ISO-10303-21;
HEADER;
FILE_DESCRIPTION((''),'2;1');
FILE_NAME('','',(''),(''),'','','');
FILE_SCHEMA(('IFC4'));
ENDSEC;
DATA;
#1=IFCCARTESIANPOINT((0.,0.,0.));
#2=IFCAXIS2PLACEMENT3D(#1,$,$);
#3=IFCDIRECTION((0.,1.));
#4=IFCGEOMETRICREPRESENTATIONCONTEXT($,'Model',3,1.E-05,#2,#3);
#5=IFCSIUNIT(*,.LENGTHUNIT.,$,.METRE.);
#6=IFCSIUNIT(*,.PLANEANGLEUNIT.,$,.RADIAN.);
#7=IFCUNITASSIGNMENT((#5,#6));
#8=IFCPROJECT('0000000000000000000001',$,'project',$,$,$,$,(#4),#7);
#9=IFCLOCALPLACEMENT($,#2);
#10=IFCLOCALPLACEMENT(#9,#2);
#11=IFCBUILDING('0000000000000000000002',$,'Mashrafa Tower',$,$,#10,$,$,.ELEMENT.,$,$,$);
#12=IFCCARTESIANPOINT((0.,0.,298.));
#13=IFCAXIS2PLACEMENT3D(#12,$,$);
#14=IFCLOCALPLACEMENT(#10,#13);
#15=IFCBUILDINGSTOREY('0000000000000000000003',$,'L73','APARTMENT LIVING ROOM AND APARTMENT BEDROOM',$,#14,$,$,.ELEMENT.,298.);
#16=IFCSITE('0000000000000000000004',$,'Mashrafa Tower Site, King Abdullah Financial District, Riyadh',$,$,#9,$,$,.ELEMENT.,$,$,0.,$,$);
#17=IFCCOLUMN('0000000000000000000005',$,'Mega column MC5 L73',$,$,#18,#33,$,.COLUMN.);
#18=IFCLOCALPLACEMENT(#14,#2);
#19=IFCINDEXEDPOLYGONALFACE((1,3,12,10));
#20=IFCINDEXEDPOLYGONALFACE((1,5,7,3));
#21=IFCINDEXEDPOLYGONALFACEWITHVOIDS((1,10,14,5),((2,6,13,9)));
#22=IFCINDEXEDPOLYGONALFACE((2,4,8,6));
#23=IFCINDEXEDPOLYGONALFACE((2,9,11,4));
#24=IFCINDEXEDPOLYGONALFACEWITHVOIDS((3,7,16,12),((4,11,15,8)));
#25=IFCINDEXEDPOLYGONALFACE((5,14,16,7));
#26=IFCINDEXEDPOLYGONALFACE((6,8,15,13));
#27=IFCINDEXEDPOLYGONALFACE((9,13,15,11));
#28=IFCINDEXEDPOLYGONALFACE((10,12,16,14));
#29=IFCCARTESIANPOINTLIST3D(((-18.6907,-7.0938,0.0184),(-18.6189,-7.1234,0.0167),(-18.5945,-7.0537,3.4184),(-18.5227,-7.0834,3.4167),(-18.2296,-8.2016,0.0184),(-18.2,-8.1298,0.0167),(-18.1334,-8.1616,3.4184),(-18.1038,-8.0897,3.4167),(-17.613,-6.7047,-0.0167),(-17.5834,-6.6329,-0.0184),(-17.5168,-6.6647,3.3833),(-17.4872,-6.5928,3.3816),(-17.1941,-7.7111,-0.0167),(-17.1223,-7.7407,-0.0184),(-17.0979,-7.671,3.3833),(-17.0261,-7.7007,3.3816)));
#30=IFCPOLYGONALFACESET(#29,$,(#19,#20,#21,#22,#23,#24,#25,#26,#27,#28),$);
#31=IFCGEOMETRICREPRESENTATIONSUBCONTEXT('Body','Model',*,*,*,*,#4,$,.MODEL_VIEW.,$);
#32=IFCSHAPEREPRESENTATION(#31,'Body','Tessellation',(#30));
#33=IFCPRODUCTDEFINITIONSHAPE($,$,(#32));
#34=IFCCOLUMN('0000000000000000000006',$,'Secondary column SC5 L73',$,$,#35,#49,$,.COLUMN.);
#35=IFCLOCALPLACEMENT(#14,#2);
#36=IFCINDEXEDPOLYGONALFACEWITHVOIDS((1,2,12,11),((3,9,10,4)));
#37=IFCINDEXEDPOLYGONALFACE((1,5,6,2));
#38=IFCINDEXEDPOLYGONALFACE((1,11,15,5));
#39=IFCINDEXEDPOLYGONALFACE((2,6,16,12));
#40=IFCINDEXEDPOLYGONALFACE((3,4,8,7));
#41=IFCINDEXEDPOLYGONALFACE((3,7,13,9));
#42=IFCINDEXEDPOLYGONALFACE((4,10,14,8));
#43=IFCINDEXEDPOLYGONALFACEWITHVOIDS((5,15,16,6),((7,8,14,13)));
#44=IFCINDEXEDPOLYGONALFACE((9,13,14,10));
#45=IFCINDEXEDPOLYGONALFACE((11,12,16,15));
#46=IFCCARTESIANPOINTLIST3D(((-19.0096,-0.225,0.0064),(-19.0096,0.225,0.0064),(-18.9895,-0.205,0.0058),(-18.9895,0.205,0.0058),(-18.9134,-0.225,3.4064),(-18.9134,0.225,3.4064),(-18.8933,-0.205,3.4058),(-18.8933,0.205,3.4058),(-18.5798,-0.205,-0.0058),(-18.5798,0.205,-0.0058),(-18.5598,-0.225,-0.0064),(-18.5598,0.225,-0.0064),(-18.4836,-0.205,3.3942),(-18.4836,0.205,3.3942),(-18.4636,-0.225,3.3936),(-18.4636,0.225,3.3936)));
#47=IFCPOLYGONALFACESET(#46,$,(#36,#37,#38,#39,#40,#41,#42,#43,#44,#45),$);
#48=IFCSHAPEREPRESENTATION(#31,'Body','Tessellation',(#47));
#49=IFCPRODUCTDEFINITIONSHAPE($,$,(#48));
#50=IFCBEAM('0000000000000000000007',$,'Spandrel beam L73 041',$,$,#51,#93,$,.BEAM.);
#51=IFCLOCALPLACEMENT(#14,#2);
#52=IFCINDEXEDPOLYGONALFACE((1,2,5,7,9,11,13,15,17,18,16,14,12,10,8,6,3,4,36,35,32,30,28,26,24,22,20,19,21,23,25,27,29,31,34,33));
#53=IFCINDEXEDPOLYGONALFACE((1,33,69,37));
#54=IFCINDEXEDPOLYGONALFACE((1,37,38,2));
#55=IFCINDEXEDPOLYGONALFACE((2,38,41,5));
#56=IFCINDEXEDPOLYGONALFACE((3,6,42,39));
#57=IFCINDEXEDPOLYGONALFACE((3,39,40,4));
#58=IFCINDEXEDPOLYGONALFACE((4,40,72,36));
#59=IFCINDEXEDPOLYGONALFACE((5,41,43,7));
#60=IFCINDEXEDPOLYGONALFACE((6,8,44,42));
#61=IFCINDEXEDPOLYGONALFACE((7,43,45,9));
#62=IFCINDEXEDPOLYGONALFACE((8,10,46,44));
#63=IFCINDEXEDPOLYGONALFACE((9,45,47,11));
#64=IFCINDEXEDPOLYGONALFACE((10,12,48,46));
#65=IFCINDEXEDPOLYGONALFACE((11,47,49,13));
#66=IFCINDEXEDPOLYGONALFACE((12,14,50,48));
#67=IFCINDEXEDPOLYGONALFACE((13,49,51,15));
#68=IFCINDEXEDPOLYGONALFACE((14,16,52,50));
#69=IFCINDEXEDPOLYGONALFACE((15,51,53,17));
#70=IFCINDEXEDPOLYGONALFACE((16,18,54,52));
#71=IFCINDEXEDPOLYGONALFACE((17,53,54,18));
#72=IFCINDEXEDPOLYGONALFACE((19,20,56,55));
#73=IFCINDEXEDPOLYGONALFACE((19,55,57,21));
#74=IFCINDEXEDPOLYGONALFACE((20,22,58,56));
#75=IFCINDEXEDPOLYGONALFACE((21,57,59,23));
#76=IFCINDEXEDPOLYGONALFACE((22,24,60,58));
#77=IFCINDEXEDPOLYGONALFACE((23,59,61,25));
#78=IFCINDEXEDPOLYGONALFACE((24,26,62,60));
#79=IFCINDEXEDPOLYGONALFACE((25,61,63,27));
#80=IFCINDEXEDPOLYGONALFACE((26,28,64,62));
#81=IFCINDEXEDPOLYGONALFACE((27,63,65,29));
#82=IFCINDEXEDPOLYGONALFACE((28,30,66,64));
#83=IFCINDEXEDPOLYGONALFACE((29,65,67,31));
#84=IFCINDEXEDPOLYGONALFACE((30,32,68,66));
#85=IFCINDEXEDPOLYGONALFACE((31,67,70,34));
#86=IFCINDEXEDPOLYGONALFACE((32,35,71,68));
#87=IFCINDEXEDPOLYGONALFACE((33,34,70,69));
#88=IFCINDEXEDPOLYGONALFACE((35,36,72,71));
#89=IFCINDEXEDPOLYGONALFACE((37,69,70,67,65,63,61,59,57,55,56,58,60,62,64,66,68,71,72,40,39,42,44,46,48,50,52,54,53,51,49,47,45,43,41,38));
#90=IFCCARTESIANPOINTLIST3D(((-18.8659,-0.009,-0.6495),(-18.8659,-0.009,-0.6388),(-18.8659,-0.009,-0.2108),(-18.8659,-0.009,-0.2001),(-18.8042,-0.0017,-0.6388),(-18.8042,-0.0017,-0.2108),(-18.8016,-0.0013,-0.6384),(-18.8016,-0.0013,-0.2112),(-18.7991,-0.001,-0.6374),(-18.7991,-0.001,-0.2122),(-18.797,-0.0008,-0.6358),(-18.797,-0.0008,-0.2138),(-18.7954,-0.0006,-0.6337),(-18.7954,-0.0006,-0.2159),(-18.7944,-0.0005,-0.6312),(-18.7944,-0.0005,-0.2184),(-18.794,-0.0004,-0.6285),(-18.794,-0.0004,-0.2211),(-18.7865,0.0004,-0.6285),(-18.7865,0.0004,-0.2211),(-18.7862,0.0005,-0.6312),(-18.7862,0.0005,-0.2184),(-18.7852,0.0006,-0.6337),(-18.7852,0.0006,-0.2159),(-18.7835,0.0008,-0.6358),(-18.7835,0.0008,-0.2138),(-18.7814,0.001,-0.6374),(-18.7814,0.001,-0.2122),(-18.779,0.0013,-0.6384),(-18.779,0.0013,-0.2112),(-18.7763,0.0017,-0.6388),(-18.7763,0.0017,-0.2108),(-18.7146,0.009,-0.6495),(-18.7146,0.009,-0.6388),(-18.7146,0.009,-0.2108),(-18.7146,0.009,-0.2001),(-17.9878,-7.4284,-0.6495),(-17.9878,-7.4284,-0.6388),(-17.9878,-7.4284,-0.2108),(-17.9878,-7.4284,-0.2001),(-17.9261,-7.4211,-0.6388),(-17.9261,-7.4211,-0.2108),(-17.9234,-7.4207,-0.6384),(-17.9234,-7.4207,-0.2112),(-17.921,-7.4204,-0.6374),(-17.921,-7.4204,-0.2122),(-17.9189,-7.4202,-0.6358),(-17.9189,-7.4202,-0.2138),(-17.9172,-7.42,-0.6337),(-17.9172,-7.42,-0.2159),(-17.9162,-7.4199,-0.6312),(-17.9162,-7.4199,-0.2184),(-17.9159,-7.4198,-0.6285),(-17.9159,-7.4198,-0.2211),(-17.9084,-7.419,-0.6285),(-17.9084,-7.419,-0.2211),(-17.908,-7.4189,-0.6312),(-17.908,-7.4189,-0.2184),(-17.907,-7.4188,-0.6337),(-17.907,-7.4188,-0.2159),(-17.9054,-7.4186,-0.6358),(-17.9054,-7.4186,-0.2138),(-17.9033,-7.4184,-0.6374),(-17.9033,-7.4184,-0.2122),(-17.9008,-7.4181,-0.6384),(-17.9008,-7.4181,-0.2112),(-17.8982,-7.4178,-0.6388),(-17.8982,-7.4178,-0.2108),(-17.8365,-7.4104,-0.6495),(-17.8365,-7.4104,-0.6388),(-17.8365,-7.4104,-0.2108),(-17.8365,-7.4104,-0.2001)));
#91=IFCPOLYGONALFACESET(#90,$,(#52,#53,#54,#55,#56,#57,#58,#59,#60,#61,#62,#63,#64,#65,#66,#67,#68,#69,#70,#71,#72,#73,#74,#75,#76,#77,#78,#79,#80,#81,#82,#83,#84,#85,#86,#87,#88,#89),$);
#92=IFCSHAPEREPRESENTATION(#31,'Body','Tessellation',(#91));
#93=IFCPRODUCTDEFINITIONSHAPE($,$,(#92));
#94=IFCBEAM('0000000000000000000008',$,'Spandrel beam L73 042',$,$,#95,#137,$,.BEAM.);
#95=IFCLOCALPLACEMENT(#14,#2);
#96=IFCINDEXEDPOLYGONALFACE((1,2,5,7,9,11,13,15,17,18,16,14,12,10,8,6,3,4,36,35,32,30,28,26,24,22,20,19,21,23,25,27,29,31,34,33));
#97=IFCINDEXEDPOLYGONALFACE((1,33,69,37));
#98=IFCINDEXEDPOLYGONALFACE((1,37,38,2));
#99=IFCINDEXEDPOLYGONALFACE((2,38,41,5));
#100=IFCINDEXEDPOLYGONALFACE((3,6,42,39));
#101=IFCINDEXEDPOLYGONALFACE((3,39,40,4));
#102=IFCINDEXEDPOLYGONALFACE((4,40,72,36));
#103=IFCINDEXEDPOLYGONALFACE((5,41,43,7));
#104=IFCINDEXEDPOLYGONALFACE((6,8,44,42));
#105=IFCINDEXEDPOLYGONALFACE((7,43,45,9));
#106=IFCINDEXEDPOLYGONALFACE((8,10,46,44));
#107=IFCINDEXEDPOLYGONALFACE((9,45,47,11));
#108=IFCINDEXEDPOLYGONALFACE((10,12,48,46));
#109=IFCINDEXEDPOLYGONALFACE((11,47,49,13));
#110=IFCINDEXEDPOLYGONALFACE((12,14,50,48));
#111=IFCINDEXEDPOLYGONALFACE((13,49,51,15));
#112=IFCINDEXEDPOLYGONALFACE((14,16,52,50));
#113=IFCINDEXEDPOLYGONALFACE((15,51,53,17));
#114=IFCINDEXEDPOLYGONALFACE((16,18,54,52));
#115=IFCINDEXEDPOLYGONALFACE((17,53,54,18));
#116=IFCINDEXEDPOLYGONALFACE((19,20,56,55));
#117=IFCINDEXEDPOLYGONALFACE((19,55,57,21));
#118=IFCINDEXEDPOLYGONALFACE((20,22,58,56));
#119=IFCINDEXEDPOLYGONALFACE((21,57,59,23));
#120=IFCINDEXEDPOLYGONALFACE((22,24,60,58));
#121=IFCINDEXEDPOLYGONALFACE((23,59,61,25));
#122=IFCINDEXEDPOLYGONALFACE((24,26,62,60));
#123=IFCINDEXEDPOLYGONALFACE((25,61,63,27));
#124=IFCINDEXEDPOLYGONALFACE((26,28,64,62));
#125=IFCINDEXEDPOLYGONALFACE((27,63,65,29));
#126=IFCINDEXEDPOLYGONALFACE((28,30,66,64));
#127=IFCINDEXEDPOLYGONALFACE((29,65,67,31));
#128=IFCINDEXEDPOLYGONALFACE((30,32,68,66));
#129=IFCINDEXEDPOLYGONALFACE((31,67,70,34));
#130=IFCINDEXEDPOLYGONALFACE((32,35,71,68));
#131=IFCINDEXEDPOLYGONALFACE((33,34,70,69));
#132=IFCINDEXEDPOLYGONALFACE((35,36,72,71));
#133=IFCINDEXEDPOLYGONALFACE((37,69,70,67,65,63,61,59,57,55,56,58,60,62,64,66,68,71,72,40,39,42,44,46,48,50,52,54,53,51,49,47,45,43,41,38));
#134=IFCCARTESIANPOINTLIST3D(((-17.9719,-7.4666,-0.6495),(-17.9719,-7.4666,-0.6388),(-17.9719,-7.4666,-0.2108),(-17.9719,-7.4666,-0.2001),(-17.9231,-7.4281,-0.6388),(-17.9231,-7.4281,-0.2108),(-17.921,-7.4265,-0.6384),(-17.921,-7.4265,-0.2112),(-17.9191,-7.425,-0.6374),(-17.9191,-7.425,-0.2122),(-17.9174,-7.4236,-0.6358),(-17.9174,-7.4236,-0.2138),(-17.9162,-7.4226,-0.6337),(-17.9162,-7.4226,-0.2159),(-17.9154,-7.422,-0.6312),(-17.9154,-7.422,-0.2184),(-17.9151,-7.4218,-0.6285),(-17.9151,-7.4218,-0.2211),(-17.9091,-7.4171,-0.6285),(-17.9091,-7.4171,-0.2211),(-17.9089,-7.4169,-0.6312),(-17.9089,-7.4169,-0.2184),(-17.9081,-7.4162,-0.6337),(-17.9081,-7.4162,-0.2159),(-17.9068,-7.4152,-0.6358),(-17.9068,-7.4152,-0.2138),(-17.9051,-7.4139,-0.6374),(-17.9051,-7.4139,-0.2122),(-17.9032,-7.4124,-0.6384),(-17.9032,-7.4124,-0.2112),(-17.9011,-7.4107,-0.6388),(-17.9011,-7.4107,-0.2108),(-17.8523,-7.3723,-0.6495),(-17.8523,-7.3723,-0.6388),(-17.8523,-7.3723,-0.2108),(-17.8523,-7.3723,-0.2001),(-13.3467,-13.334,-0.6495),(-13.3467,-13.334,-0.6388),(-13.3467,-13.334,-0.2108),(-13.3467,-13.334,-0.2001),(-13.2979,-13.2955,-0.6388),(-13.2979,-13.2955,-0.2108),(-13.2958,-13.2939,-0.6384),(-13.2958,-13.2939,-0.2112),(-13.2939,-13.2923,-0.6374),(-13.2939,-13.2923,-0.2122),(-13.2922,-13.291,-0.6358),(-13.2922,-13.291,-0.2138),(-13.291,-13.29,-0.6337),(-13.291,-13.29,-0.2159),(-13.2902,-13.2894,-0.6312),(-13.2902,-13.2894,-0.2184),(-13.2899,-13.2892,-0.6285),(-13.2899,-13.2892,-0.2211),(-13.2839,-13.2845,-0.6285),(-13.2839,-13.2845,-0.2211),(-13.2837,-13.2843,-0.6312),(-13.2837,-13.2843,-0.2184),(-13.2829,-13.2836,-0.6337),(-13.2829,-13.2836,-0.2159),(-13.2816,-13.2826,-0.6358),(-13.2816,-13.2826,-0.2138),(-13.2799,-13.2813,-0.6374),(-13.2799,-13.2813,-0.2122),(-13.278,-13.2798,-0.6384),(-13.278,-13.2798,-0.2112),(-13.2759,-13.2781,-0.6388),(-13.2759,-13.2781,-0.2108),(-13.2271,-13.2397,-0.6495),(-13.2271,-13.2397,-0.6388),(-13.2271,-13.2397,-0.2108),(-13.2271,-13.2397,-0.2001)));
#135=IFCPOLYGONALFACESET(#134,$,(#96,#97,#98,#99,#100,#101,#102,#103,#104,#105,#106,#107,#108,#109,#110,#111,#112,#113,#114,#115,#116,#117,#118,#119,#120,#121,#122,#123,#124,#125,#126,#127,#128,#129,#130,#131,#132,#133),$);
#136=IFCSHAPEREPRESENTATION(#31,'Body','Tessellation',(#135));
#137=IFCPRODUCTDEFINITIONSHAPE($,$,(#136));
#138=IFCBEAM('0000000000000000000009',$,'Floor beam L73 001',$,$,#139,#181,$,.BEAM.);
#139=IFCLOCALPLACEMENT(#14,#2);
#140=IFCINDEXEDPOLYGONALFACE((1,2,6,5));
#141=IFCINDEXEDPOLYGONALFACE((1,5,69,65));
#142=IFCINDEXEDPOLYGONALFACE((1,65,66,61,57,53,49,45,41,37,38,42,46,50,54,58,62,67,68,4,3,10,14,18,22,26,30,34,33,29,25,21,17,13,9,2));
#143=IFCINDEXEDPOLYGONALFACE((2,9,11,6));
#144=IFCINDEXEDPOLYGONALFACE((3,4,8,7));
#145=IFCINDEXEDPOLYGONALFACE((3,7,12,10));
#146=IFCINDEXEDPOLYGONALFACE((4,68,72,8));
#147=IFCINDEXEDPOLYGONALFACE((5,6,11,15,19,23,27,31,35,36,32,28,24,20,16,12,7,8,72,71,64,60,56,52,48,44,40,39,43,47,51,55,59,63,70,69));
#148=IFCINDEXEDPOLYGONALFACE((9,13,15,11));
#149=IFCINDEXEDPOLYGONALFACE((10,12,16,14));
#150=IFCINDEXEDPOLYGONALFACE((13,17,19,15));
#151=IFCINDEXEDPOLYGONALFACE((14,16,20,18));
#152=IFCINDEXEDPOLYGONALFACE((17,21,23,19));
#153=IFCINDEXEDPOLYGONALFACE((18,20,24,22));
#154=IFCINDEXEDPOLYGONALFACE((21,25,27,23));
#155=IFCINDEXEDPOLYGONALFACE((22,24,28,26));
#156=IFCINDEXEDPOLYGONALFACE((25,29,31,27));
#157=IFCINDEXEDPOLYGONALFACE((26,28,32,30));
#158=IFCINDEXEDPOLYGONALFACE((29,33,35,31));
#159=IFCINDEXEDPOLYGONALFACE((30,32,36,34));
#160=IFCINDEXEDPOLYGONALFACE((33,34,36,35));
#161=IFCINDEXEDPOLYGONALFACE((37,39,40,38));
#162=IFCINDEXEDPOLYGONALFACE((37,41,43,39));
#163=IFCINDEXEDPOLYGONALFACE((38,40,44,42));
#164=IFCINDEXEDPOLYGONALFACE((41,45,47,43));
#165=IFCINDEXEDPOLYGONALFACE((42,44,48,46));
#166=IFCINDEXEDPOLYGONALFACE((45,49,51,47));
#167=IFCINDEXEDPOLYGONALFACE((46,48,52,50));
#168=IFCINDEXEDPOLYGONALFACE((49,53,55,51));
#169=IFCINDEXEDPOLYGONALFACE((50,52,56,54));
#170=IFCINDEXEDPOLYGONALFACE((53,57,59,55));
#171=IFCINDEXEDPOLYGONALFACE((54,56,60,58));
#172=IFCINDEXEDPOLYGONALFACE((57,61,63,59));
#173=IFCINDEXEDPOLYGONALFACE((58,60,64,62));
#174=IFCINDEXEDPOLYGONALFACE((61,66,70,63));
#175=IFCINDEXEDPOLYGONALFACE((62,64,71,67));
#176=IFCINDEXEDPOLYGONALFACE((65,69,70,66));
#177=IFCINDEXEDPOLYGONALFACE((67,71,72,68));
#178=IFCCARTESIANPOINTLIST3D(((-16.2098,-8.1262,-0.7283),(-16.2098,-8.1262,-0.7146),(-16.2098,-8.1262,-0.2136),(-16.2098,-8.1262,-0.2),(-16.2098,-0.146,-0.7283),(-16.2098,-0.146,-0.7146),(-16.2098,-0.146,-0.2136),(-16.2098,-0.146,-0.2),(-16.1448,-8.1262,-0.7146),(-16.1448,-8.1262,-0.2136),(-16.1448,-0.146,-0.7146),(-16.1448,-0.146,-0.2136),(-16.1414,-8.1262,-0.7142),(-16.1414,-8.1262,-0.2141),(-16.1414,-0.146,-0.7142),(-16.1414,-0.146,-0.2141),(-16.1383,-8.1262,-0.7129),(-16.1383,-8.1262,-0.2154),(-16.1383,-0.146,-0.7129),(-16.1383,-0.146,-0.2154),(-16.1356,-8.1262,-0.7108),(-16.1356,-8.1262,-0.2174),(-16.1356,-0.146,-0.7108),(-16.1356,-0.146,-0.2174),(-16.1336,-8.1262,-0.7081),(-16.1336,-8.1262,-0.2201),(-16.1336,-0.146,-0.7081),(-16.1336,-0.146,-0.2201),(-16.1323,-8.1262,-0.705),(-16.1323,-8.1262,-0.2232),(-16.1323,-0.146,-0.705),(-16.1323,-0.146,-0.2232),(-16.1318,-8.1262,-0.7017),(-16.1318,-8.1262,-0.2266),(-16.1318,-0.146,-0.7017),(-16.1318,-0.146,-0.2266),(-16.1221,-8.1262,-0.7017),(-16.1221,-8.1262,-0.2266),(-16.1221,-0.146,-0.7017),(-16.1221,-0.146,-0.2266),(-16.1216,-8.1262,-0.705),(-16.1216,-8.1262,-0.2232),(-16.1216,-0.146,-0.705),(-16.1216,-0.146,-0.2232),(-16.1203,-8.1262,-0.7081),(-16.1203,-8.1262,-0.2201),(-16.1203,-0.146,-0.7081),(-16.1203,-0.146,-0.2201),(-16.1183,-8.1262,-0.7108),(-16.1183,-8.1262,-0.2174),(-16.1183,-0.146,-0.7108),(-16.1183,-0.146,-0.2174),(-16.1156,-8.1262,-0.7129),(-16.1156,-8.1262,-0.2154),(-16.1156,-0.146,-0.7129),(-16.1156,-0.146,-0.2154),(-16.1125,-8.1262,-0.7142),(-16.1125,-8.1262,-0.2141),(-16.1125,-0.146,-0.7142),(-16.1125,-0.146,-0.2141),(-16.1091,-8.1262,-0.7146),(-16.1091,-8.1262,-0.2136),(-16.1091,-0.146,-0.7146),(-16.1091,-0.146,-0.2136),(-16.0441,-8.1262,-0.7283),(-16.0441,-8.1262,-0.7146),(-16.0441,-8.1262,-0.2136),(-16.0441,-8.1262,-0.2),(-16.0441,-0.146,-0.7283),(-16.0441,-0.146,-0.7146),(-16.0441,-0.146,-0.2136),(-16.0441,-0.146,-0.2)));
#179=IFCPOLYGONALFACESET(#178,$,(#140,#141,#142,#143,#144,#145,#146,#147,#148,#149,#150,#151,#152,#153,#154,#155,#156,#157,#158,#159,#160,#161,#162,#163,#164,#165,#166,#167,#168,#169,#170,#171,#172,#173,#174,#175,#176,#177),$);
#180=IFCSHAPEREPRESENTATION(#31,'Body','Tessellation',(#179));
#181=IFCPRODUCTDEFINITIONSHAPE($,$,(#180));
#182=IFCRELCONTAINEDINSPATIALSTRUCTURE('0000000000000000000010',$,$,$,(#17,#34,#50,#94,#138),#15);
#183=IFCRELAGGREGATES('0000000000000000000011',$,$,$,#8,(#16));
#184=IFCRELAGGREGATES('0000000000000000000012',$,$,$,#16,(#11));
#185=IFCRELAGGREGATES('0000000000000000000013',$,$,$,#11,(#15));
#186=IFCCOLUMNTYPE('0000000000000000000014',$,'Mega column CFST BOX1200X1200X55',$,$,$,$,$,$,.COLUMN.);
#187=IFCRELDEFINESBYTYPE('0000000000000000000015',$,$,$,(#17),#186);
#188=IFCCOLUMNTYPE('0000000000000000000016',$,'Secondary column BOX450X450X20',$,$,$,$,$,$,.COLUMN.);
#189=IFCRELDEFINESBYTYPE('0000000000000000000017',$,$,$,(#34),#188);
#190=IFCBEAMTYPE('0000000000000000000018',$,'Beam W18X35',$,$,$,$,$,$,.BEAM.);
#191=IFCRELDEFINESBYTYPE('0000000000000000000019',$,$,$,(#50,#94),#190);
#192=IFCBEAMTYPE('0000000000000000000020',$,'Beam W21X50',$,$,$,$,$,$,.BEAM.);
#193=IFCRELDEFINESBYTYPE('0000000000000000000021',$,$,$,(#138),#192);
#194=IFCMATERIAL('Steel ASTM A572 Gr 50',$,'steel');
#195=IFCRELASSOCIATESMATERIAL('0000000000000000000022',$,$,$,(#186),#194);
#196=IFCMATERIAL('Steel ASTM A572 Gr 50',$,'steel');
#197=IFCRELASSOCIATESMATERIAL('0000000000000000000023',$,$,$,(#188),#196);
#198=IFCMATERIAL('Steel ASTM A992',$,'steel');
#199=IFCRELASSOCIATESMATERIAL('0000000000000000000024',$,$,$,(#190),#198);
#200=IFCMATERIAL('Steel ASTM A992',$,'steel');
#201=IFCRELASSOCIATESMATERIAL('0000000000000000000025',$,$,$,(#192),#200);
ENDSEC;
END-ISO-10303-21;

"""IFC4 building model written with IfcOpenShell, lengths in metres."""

from ifc_helpers import new_model, si_unit, direction, frame, origin, origin_2d, place, context, subcontext, project, spatial, hollow_rectangle, i_section, extrude, material, material_profile, profile_set, type_object, element, save


model = new_model("IFC4")

# Units and contexts
model_context = context("Model", 3, precision=1e-05, world=origin(), true_north=direction((0.0, 1.0)))
body_context = subcontext(model_context, "Body", "Model", "MODEL_VIEW")
ifc_project = project(units=[si_unit("LENGTHUNIT", "METRE"), si_unit("PLANEANGLEUNIT", "RADIAN")], contexts=[model_context])

# Site, building, storey
site_placement = place(None, origin())
site = spatial("IfcSite", under=ifc_project, at=site_placement, Name="Mashrafa Tower Site, King Abdullah Financial District, Riyadh", CompositionType="ELEMENT", RefElevation=0.0)
building_placement = place(site_placement, origin())
building = spatial("IfcBuilding", under=site, at=building_placement, Name="Mashrafa Tower", CompositionType="ELEMENT")
storey_placement = place(building_placement, frame((0.0, 0.0, 298.0)))
storey = spatial("IfcBuildingStorey", under=building, at=storey_placement, Name="L73", Description="APARTMENT LIVING ROOM AND APARTMENT BEDROOM", CompositionType="ELEMENT", Elevation=298.0)

# Columns
ifc_material_1 = material(Name="Steel ASTM A572 Gr 50", Category="steel")
ifc_material_profile_1 = material_profile(ifc_material_1, hollow_rectangle(XDim=1.2, YDim=1.2, WallThickness=0.0549, at=origin_2d()), Name="BOX1200X1200X55")
ifc_profile_set_1 = profile_set([ifc_material_profile_1], Name="Steel ASTM A572 Gr 50")
column_type_1 = type_object("IfcColumnType", Name="Mega column CFST BOX1200X1200X55", PredefinedType="COLUMN", material=ifc_profile_set_1)
column_1_placement = place(storey_placement, frame((-17.9065, -7.4172, 0.0), z_axis=(0.028279, 0.011771, 0.999531), x_axis=(-0.384283, 0.923216, 0.0)))
element("IfcColumn", 1, at=column_1_placement, inside=storey, type_object=column_type_1, Name="Mega column MC5 L73", PredefinedType="COLUMN", context=body_context, shape_type="SweptSolid", body=[
    extrude(hollow_rectangle(XDim=1.2, YDim=1.2, WallThickness=0.0549, at=origin_2d()), origin(), (0.0, 0.0, 1.0), 3.4016),
])
ifc_material_2 = material(Name="Steel ASTM A572 Gr 50", Category="steel")
ifc_material_profile_2 = material_profile(ifc_material_2, hollow_rectangle(XDim=0.45, YDim=0.45, WallThickness=0.02, at=origin_2d()), Name="BOX450X450X20")
ifc_profile_set_2 = profile_set([ifc_material_profile_2], Name="Steel ASTM A572 Gr 50")
column_type_2 = type_object("IfcColumnType", Name="Secondary column BOX450X450X20", PredefinedType="COLUMN", material=ifc_profile_set_2)
column_2_placement = place(storey_placement, frame((-18.7847, 0.0, 0.0), z_axis=(0.028281, 0.0, 0.9996), x_axis=(0.0, 1.0, 0.0)))
element("IfcColumn", 2, at=column_2_placement, inside=storey, type_object=column_type_2, Name="Secondary column SC5 L73", PredefinedType="COLUMN", context=body_context, shape_type="SweptSolid", body=[
    extrude(hollow_rectangle(XDim=0.45, YDim=0.45, WallThickness=0.02, at=origin_2d()), origin(), (0.0, 0.0, 1.0), 3.4014),
])

# Beams
ifc_material_3 = material(Name="Steel ASTM A992", Category="steel")
ifc_material_profile_3 = material_profile(ifc_material_3, i_section(OverallWidth=0.1523, OverallDepth=0.4495, WebThickness=0.0076, FlangeThickness=0.0107, FilletRadius=0.0103, at=origin_2d()), Name="W18X35")
ifc_profile_set_3 = profile_set([ifc_material_profile_3], Name="Steel ASTM A992")
beam_type_1 = type_object("IfcBeamType", Name="Beam W18X35", PredefinedType="BEAM", material=ifc_profile_set_3)
for number, where, z_axis, x_axis, name in (
    (3, (-18.7903, 0.0, -0.4248), (0.117541, -0.993068, 0.0), (0.993068, 0.117541, 0.0), "Spandrel beam L73 041"),
    (4, (-17.9121, -7.4194, -0.4248), (0.619072, -0.785334, 0.0), (0.785334, 0.619072, 0.0), "Spandrel beam L73 042"),
):
    element("IfcBeam", number, at=place(storey_placement, frame(where, z_axis=z_axis, x_axis=x_axis)), inside=storey, type_object=beam_type_1, Name=name, PredefinedType="BEAM", context=body_context, shape_type="SweptSolid", body=[
        extrude(i_section(OverallWidth=0.1523, OverallDepth=0.4495, WebThickness=0.0076, FlangeThickness=0.0107, FilletRadius=0.0103, at=origin_2d()), origin(), (0.0, 0.0, 1.0), 7.4712),
    ])
ifc_material_4 = material(Name="Steel ASTM A992", Category="steel")
ifc_material_profile_4 = material_profile(ifc_material_4, i_section(OverallWidth=0.1658, OverallDepth=0.5283, WebThickness=0.0098, FlangeThickness=0.0137, FilletRadius=0.0129, at=origin_2d()), Name="W21X50")
ifc_profile_set_4 = profile_set([ifc_material_profile_4], Name="Steel ASTM A992")
beam_type_2 = type_object("IfcBeamType", Name="Beam W21X50", PredefinedType="BEAM", material=ifc_profile_set_4)
beam_placement = place(storey_placement, frame((-16.127, -8.1262, -0.4641), z_axis=(0.0, 1.0, 0.0), x_axis=(-1.0, 0.0, 0.0)))
element("IfcBeam", 5, at=beam_placement, inside=storey, type_object=beam_type_2, Name="Floor beam L73 001", PredefinedType="BEAM", context=body_context, shape_type="SweptSolid", body=[
    extrude(i_section(OverallWidth=0.1658, OverallDepth=0.5283, WebThickness=0.0098, FlangeThickness=0.0137, FilletRadius=0.0129, at=origin_2d()), origin(), (0.0, 0.0, 1.0), 7.9802),
])

save(model, "model.ifc")
